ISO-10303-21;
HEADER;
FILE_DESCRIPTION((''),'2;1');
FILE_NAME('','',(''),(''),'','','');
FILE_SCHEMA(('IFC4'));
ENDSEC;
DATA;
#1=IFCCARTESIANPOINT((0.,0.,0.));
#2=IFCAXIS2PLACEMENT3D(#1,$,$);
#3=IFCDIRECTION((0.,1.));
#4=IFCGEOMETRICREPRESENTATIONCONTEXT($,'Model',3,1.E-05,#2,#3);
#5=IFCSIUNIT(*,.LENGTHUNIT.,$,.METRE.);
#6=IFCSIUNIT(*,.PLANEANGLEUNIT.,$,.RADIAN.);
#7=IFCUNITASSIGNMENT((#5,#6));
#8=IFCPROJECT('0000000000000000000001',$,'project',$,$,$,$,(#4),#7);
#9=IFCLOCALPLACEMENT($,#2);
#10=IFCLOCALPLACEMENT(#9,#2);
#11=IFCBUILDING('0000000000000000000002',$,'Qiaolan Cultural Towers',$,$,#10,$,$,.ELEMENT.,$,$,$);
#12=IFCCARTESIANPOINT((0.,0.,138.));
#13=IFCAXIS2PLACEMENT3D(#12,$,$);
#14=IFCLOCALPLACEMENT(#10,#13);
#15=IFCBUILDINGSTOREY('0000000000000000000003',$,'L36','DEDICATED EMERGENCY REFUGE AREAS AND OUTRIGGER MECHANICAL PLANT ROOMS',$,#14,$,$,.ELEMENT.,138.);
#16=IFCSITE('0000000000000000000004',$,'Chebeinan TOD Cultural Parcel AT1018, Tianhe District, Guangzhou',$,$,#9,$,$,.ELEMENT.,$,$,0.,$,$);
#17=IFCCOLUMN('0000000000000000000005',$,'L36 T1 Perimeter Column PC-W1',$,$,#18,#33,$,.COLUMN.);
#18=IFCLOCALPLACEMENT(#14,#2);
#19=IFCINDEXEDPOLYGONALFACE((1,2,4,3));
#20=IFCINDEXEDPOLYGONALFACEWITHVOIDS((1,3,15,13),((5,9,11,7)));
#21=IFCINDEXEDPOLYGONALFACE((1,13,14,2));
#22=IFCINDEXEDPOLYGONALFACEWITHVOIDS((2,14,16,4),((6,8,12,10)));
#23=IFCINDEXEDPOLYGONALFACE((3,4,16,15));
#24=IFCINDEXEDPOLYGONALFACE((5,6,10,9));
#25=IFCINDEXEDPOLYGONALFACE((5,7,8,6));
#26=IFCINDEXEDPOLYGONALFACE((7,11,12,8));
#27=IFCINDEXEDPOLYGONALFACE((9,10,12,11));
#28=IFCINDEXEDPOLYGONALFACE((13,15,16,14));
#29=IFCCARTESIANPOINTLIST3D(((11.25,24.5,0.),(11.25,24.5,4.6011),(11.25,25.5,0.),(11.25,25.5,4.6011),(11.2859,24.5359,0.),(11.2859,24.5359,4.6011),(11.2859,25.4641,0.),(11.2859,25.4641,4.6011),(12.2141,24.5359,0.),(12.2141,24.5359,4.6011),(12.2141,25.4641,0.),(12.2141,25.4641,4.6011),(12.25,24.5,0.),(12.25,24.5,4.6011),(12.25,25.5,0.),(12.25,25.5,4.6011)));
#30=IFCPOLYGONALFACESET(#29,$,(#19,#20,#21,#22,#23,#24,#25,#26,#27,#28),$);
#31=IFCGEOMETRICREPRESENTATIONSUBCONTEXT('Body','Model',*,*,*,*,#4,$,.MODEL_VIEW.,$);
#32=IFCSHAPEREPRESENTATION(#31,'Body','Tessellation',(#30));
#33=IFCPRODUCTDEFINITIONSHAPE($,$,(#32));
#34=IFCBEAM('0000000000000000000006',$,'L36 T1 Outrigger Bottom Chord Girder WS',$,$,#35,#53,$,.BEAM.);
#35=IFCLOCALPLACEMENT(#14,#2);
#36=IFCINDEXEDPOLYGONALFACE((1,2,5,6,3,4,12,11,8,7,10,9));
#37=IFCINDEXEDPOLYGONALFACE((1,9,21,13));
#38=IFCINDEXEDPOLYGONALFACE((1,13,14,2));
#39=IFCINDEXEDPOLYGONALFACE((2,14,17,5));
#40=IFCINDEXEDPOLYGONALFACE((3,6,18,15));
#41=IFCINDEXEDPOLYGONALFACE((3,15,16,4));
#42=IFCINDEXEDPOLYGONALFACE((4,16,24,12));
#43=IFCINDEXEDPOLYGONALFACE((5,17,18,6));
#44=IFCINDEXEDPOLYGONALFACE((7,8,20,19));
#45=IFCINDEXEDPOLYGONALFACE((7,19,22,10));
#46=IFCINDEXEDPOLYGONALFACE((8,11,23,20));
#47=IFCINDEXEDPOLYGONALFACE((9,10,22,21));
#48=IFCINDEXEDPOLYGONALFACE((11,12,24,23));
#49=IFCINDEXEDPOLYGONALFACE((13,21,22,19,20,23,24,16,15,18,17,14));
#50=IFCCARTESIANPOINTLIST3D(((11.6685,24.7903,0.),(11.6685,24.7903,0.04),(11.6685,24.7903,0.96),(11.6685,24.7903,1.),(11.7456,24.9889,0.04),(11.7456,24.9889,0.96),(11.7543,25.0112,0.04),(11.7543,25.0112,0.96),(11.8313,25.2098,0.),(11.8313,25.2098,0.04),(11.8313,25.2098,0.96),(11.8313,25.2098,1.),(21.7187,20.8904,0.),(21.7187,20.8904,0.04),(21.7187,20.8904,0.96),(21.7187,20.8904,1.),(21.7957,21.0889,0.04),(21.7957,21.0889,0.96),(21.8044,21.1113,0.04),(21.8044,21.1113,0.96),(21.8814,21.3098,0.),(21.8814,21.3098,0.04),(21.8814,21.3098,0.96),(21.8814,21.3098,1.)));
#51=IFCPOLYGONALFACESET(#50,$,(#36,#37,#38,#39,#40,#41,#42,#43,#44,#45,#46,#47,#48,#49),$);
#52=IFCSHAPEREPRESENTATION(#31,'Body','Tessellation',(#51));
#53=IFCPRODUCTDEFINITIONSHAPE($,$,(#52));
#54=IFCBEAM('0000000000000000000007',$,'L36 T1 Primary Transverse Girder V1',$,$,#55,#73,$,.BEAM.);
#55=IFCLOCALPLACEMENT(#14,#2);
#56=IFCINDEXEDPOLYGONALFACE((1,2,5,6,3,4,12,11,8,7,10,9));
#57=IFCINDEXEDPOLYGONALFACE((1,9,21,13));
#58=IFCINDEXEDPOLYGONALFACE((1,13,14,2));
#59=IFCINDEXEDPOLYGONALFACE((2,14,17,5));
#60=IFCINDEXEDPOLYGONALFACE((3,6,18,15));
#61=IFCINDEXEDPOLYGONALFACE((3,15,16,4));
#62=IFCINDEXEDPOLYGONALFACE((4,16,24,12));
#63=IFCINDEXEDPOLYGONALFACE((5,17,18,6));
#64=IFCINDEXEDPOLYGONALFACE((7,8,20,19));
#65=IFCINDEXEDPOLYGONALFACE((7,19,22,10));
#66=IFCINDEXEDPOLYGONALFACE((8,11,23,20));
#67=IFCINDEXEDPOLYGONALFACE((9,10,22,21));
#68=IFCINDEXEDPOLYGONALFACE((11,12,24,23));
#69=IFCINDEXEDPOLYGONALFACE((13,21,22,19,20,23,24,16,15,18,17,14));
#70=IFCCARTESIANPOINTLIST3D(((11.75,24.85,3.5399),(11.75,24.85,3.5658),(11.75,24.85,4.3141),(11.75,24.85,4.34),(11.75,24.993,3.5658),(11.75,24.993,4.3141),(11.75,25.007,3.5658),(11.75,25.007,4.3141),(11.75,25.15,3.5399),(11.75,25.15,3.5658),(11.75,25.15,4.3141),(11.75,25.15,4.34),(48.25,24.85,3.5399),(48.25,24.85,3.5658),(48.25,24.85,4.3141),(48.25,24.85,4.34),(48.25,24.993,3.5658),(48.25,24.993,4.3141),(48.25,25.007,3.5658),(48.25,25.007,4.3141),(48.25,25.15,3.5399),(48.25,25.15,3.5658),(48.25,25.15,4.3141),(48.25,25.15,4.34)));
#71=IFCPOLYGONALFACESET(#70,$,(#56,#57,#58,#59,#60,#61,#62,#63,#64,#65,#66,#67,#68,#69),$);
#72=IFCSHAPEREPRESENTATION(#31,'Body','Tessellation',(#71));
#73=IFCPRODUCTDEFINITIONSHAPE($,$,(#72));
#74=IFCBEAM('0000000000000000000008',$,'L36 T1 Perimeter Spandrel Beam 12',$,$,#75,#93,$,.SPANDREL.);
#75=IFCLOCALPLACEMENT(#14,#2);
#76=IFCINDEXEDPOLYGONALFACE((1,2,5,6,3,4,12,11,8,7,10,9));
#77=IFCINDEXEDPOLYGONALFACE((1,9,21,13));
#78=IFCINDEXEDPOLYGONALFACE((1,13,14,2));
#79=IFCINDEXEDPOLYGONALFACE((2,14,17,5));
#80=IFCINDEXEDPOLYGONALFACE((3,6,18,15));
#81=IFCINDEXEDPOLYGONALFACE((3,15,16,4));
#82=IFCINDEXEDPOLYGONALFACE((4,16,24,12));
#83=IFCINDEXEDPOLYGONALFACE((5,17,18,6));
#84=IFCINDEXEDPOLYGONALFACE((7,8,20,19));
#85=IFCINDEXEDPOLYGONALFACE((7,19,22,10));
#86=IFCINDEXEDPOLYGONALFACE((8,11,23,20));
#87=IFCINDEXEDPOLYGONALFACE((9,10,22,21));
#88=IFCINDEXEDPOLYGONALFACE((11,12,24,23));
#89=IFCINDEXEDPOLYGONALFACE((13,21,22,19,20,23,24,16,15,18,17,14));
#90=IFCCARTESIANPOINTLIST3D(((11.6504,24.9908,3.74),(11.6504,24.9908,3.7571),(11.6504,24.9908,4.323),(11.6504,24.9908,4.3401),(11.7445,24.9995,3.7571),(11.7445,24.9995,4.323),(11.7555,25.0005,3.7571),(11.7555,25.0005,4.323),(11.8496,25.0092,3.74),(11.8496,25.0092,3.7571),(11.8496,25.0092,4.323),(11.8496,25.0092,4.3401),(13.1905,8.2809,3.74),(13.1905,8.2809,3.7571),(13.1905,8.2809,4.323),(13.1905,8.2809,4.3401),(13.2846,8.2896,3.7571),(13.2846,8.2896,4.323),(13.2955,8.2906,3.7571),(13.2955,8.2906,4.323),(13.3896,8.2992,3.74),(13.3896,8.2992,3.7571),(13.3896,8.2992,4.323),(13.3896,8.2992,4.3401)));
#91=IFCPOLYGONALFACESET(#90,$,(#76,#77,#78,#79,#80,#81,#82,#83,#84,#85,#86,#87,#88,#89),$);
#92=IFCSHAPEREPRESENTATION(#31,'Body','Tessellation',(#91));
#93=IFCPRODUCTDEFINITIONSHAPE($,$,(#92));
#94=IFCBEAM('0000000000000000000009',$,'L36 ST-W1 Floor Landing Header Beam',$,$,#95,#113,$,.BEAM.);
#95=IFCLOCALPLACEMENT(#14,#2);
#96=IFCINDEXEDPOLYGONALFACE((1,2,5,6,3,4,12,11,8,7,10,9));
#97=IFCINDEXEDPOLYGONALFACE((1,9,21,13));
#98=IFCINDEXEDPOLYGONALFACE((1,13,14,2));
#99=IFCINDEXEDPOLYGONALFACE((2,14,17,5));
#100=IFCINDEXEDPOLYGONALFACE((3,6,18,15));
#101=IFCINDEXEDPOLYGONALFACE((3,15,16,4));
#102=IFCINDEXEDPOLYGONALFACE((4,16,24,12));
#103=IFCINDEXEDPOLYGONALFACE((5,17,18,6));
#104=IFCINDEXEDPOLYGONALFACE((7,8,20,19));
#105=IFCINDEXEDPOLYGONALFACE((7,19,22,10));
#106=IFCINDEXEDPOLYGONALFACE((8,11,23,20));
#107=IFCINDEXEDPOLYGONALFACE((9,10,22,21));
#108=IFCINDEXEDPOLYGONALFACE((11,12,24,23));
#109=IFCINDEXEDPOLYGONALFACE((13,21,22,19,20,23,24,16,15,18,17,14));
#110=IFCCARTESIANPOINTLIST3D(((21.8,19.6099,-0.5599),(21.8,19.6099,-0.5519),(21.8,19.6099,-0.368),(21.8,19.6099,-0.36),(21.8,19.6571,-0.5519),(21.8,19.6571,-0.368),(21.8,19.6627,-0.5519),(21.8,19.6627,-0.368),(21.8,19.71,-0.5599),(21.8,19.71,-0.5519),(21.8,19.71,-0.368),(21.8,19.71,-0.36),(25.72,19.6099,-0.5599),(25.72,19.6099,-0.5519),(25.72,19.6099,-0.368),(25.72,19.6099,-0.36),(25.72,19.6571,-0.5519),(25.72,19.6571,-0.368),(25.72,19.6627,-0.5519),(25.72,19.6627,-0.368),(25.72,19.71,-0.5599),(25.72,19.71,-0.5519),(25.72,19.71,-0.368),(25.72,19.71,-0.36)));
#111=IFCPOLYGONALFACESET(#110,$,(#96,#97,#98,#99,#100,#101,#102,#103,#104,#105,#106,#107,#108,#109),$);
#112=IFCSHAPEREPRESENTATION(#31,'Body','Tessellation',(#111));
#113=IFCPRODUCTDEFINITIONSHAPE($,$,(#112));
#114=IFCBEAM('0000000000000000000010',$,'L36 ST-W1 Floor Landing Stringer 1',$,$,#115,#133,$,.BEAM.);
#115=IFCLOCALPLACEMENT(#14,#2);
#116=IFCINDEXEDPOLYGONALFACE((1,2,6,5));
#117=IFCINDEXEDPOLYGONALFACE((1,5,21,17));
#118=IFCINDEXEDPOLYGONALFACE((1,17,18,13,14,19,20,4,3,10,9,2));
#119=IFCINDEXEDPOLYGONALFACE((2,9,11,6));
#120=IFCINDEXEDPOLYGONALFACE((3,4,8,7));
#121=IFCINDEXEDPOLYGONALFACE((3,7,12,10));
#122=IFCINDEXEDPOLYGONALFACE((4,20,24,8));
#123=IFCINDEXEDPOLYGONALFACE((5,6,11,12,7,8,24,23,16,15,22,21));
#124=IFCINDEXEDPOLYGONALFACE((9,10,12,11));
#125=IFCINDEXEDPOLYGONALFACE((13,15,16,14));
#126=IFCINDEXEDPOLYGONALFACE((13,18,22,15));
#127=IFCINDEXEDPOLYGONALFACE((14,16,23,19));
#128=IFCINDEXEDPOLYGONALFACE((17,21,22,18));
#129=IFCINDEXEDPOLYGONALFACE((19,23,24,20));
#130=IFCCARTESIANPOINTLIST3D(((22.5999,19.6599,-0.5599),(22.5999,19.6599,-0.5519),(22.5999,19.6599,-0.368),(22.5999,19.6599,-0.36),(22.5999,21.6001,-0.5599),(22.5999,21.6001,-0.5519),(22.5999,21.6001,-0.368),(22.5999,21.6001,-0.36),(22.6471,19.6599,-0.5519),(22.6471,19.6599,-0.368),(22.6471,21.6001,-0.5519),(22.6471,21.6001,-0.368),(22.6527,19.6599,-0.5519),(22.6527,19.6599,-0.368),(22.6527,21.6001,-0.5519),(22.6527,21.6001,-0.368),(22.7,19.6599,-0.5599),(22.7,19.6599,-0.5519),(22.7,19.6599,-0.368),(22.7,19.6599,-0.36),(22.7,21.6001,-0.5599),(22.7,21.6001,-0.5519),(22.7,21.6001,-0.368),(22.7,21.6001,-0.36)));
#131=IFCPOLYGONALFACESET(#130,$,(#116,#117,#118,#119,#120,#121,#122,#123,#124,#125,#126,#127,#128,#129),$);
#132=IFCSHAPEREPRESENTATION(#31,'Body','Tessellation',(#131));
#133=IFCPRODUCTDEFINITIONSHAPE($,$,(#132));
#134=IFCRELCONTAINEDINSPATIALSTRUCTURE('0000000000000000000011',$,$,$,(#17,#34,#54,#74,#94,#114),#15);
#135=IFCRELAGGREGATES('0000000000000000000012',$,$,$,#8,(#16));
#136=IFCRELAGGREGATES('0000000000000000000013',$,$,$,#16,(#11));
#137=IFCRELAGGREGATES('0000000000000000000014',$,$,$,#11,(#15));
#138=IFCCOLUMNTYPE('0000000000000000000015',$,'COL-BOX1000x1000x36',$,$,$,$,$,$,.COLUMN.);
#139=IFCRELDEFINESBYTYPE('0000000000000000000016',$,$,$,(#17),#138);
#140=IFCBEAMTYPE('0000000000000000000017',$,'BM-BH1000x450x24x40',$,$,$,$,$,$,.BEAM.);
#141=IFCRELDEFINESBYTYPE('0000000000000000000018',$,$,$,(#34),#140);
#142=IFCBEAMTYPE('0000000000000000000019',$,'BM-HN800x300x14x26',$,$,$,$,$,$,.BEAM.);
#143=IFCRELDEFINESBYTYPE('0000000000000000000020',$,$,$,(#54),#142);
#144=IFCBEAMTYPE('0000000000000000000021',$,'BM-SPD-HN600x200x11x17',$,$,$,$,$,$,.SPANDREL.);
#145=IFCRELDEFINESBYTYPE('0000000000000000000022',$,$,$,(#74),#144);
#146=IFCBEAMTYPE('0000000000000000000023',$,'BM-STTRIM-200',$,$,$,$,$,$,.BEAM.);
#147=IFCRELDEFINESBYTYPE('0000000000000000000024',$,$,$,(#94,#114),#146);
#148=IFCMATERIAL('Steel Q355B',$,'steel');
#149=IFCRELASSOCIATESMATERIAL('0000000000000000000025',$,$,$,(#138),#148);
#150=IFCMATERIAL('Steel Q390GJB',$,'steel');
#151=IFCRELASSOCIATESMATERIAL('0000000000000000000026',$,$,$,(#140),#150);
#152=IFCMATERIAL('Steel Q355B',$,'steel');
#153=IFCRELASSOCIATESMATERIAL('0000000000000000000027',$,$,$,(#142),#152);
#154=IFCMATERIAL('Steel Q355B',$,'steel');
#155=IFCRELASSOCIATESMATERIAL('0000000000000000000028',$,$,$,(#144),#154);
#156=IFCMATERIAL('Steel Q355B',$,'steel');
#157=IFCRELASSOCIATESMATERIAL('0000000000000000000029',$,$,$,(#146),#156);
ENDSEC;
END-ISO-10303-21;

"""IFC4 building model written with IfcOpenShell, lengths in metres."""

from ifc_helpers import new_model, si_unit, direction, frame, origin, origin_2d, place, context, subcontext, project, spatial, hollow_rectangle, i_section, extrude, material, material_profile, profile_set, type_object, element, save


model = new_model("IFC4")

# Units and contexts
model_context = context("Model", 3, precision=1e-05, world=origin(), true_north=direction((0.0, 1.0)))
body_context = subcontext(model_context, "Body", "Model", "MODEL_VIEW")
ifc_project = project(units=[si_unit("LENGTHUNIT", "METRE"), si_unit("PLANEANGLEUNIT", "RADIAN")], contexts=[model_context])

# Site, building, storey
site_placement = place(None, origin())
site = spatial("IfcSite", under=ifc_project, at=site_placement, Name="Chebeinan TOD Cultural Parcel AT1018, Tianhe District, Guangzhou", CompositionType="ELEMENT", RefElevation=0.0)
building_placement = place(site_placement, origin())
building = spatial("IfcBuilding", under=site, at=building_placement, Name="Qiaolan Cultural Towers", CompositionType="ELEMENT")
storey_placement = place(building_placement, frame((0.0, 0.0, 138.0)))
storey = spatial("IfcBuildingStorey", under=building, at=storey_placement, Name="L36", Description="DEDICATED EMERGENCY REFUGE AREAS AND OUTRIGGER MECHANICAL PLANT ROOMS", CompositionType="ELEMENT", Elevation=138.0)

# Column
ifc_material_1 = material(Name="Steel Q355B", Category="steel")
ifc_material_profile_1 = material_profile(ifc_material_1, hollow_rectangle(XDim=1.0, YDim=1.0, WallThickness=0.0359, at=origin_2d()), Name="BOX1000x1000x36")
ifc_profile_set_1 = profile_set([ifc_material_profile_1], Name="Steel Q355B")
column_type = type_object("IfcColumnType", Name="COL-BOX1000x1000x36", PredefinedType="COLUMN", material=ifc_profile_set_1)
column_placement = place(storey_placement, frame((11.75, 25.0, 0.0), z_axis=(0.0, 0.0, 1.0), x_axis=(1.0, 0.0, 0.0)))
element("IfcColumn", 1, at=column_placement, inside=storey, type_object=column_type, Name="L36 T1 Perimeter Column PC-W1", PredefinedType="COLUMN", context=body_context, shape_type="SweptSolid", body=[
    extrude(hollow_rectangle(XDim=1.0, YDim=1.0, WallThickness=0.0359, at=origin_2d()), origin(), (0.0, 0.0, 1.0), 4.6011),
])

# Beams
ifc_material_2 = material(Name="Steel Q390GJB", Category="steel")
ifc_material_profile_2 = material_profile(ifc_material_2, i_section(OverallWidth=0.45, OverallDepth=1.0, WebThickness=0.0239, FlangeThickness=0.04, at=origin_2d()), Name="BH1000x450x24x40")
ifc_profile_set_2 = profile_set([ifc_material_profile_2], Name="Steel Q390GJB")
beam_type_1 = type_object("IfcBeamType", Name="BM-BH1000x450x24x40", PredefinedType="BEAM", material=ifc_profile_set_2)
beam_1_placement = place(storey_placement, frame((21.8, 21.1001, 0.5), z_axis=(-0.932269, 0.361765, 0.0), x_axis=(-0.361765, -0.932269, 0.0)))
element("IfcBeam", 2, at=beam_1_placement, inside=storey, type_object=beam_type_1, Name="L36 T1 Outrigger Bottom Chord Girder WS", PredefinedType="BEAM", context=body_context, shape_type="SweptSolid", body=[
    extrude(i_section(OverallWidth=0.45, OverallDepth=1.0, WebThickness=0.0239, FlangeThickness=0.04, at=origin_2d()), origin(), (0.0, 0.0, 1.0), 10.7803),
])
ifc_material_3 = material(Name="Steel Q355B", Category="steel")
ifc_material_profile_3 = material_profile(ifc_material_3, i_section(OverallWidth=0.3, OverallDepth=0.8, WebThickness=0.0139, FlangeThickness=0.0259, at=origin_2d()), Name="HN800x300x14x26")
ifc_profile_set_3 = profile_set([ifc_material_profile_3], Name="Steel Q355B")
beam_type_2 = type_object("IfcBeamType", Name="BM-HN800x300x14x26", PredefinedType="BEAM", material=ifc_profile_set_3)
beam_2_placement = place(storey_placement, frame((11.75, 25.0, 3.9399), z_axis=(1.0, 0.0, 0.0), x_axis=(0.0, 1.0, 0.0)))
element("IfcBeam", 3, at=beam_2_placement, inside=storey, type_object=beam_type_2, Name="L36 T1 Primary Transverse Girder V1", PredefinedType="BEAM", context=body_context, shape_type="SweptSolid", body=[
    extrude(i_section(OverallWidth=0.3, OverallDepth=0.8, WebThickness=0.0139, FlangeThickness=0.0259, at=origin_2d()), origin(), (0.0, 0.0, 1.0), 36.5),
])
ifc_material_4 = material(Name="Steel Q355B", Category="steel")
ifc_material_profile_4 = material_profile(ifc_material_4, i_section(OverallWidth=0.2, OverallDepth=0.6001, WebThickness=0.011, FlangeThickness=0.0171, at=origin_2d()), Name="HN600x200x11x17")
ifc_profile_set_4 = profile_set([ifc_material_profile_4], Name="Steel Q355B")
beam_type_3 = type_object("IfcBeamType", Name="BM-SPD-HN600x200x11x17", PredefinedType="SPANDREL", material=ifc_profile_set_4)
beam_3_placement = place(storey_placement, frame((11.75, 25.0, 4.04), z_axis=(0.091774, -0.99578, 0.0), x_axis=(0.99578, 0.091774, 0.0)))
element("IfcBeam", 4, at=beam_3_placement, inside=storey, type_object=beam_type_3, Name="L36 T1 Perimeter Spandrel Beam 12", PredefinedType="SPANDREL", context=body_context, shape_type="SweptSolid", body=[
    extrude(i_section(OverallWidth=0.2, OverallDepth=0.6001, WebThickness=0.011, FlangeThickness=0.0171, at=origin_2d()), origin(), (0.0, 0.0, 1.0), 16.7808),
])
ifc_material_5 = material(Name="Steel Q355B", Category="steel")
ifc_material_profile_5 = material_profile(ifc_material_5, i_section(OverallWidth=0.1001, OverallDepth=0.2, WebThickness=0.0056, FlangeThickness=0.0081, at=origin_2d()), Name="HN200x100x5.5x8")
ifc_profile_set_5 = profile_set([ifc_material_profile_5], Name="Steel Q355B")
beam_type_4 = type_object("IfcBeamType", Name="BM-STTRIM-200", PredefinedType="BEAM", material=ifc_profile_set_5)
beam_4_placement = place(storey_placement, frame((21.8, 19.6599, -0.46), z_axis=(1.0, 0.0, 0.0), x_axis=(0.0, 1.0, 0.0)))
element("IfcBeam", 5, at=beam_4_placement, inside=storey, type_object=beam_type_4, Name="L36 ST-W1 Floor Landing Header Beam", PredefinedType="BEAM", context=body_context, shape_type="SweptSolid", body=[
    extrude(i_section(OverallWidth=0.1001, OverallDepth=0.2, WebThickness=0.0056, FlangeThickness=0.0081, at=origin_2d()), origin(), (0.0, 0.0, 1.0), 3.9199),
])
beam_5_placement = place(storey_placement, frame((22.6499, 21.6001, -0.46), z_axis=(0.0, -1.0, 0.0), x_axis=(1.0, 0.0, 0.0)))
element("IfcBeam", 6, at=beam_5_placement, inside=storey, type_object=beam_type_4, Name="L36 ST-W1 Floor Landing Stringer 1", PredefinedType="BEAM", context=body_context, shape_type="SweptSolid", body=[
    extrude(i_section(OverallWidth=0.1001, OverallDepth=0.2, WebThickness=0.0056, FlangeThickness=0.0081, at=origin_2d()), origin(), (0.0, 0.0, 1.0), 1.9402),
])

save(model, "model.ifc")
